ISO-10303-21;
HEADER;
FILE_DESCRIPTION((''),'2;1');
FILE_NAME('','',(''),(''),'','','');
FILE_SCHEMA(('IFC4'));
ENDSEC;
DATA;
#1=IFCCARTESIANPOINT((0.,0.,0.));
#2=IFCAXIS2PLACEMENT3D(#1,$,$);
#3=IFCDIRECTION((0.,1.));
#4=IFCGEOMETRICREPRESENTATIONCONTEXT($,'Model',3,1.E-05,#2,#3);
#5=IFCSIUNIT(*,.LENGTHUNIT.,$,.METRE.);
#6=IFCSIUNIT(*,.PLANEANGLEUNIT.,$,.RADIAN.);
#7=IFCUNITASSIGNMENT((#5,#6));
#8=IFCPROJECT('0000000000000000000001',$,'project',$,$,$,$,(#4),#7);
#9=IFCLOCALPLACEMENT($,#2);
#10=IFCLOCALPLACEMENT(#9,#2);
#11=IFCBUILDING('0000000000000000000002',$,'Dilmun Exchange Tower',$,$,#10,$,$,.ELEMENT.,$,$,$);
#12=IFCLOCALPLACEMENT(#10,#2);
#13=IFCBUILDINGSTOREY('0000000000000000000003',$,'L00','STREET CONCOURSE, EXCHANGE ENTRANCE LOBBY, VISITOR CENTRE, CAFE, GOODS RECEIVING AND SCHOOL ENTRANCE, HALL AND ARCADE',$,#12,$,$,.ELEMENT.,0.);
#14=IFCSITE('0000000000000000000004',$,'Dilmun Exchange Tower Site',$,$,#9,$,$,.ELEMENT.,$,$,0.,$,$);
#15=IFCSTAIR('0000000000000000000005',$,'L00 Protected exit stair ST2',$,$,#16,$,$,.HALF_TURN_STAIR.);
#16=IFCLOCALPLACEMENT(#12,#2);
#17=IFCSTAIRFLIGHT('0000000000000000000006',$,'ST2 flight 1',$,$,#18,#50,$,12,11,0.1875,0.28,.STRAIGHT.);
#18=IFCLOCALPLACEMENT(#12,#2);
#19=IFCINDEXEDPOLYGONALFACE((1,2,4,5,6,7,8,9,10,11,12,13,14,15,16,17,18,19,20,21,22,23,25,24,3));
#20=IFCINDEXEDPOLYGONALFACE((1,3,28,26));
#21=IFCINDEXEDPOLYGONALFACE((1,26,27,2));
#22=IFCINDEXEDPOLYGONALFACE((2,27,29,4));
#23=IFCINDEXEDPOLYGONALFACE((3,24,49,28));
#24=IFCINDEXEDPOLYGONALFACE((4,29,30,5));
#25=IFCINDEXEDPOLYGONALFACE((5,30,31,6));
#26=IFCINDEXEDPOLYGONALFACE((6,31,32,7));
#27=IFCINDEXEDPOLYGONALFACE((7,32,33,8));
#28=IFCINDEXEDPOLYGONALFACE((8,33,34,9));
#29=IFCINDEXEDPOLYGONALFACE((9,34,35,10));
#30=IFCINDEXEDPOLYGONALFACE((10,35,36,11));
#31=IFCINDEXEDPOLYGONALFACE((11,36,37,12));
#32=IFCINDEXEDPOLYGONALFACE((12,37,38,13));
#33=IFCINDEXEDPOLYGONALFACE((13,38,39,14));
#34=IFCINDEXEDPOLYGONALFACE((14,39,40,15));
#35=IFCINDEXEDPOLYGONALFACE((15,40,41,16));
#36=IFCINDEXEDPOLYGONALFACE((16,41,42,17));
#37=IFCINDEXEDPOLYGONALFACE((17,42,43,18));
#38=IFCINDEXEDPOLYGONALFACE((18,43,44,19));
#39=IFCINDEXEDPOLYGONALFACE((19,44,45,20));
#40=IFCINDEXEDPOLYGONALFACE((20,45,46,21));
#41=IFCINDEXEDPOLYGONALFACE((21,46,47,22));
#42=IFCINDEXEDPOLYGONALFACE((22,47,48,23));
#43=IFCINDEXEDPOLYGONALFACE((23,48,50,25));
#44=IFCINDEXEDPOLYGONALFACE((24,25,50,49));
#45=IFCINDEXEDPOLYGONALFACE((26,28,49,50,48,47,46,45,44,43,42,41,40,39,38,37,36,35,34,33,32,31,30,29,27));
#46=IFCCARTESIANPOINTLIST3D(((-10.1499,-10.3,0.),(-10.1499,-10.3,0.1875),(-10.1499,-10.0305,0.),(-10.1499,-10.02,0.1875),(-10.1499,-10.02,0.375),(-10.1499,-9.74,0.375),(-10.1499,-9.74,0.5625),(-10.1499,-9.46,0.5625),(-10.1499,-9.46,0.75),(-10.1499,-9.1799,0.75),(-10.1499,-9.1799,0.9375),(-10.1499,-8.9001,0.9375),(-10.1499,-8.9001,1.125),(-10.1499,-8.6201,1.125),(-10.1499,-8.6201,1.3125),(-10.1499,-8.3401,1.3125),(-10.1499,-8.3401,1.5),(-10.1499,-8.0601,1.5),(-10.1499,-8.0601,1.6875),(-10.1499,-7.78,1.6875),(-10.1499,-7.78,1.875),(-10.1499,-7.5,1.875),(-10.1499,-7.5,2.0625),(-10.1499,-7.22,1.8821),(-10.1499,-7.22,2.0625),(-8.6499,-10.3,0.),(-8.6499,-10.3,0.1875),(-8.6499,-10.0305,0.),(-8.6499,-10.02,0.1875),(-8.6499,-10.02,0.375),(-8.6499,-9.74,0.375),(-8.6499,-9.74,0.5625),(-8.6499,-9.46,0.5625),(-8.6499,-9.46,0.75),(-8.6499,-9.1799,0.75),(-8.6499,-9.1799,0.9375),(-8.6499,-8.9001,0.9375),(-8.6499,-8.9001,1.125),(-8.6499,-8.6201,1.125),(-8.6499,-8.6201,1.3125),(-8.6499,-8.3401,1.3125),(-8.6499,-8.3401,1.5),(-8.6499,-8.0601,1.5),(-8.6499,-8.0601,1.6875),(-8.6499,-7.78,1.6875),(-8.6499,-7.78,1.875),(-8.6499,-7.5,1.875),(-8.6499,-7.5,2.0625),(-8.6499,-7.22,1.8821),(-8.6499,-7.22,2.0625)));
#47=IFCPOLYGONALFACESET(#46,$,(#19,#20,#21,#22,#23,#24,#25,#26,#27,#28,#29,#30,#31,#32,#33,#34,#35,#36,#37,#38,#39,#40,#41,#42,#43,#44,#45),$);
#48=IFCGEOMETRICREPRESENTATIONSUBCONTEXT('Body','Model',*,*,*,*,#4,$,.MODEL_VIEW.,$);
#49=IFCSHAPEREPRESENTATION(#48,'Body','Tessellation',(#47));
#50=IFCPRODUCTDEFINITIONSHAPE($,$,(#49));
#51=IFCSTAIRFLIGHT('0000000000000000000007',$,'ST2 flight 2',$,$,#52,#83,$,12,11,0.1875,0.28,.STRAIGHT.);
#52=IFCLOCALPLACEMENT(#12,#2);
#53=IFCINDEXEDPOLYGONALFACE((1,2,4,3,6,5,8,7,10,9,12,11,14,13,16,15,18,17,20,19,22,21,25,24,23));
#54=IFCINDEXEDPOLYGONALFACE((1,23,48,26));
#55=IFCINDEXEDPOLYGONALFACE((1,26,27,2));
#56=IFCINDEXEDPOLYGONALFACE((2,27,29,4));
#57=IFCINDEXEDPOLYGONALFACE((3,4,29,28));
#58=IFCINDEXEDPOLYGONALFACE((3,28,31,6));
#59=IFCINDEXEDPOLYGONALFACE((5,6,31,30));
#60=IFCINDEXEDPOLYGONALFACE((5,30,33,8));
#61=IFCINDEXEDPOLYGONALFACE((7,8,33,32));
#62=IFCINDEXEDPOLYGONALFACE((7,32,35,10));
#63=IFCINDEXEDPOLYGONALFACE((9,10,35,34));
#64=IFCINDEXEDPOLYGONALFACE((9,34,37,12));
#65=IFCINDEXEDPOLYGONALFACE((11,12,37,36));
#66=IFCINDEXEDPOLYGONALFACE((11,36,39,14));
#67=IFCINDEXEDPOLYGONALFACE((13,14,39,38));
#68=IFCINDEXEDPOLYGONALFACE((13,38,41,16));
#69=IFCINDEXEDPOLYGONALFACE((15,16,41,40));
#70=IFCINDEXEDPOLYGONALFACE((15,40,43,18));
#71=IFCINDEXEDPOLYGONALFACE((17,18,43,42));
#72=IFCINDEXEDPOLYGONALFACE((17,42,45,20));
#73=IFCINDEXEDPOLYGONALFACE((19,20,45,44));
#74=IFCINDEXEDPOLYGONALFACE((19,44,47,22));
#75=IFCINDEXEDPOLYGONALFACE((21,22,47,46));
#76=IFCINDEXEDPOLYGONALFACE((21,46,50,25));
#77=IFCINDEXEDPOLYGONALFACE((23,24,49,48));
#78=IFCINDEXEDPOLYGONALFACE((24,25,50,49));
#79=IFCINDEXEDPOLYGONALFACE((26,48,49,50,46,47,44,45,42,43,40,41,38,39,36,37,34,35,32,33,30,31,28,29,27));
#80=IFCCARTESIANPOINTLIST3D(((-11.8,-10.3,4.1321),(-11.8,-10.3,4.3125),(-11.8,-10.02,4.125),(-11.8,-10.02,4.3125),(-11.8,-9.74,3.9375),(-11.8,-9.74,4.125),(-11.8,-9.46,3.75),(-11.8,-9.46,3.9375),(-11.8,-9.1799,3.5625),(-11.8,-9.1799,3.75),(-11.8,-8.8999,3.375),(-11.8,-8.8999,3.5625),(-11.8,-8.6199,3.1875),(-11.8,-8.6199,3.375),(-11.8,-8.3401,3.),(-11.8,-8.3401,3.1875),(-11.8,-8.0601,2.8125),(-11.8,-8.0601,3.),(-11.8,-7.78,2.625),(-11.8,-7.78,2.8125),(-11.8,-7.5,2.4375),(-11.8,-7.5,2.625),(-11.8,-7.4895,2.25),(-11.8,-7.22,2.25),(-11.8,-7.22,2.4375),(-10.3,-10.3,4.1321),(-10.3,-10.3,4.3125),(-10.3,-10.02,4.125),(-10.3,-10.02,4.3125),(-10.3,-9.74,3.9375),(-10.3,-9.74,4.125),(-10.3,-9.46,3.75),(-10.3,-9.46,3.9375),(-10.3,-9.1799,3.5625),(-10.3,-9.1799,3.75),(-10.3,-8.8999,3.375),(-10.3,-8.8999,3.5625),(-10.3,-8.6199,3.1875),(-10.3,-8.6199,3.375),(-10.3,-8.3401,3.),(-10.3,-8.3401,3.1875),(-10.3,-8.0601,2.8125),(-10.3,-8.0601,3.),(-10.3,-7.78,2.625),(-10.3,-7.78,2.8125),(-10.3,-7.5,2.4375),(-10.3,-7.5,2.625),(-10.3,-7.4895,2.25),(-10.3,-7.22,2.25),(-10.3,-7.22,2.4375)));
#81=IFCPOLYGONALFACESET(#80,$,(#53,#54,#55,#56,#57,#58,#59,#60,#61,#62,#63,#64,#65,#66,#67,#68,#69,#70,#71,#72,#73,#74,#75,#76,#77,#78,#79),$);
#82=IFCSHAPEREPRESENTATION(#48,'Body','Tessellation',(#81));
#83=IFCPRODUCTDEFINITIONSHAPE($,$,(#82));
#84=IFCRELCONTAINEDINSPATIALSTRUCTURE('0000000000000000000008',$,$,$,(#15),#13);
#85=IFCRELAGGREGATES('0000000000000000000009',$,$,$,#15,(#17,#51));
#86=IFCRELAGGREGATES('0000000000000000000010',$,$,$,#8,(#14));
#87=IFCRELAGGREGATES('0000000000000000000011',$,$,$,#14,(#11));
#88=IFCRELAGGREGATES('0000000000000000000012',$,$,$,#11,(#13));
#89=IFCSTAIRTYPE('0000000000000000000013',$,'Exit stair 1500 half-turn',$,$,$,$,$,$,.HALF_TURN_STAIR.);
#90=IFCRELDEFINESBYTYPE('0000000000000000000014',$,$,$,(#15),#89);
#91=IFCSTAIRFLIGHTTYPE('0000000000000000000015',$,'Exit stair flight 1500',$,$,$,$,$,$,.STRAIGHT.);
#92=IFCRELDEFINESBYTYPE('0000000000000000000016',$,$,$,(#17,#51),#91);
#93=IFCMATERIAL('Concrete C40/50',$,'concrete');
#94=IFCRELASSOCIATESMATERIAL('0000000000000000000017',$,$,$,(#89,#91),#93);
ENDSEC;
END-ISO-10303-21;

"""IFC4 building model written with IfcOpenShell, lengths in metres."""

from ifc_helpers import new_model, si_unit, direction, frame, origin, place, context, subcontext, project, spatial, polyline, outline, extrude, material, type_object, element, aggregate, save


model = new_model("IFC4")

# Units and contexts
model_context = context("Model", 3, precision=1e-05, world=origin(), true_north=direction((0.0, 1.0)))
body_context = subcontext(model_context, "Body", "Model", "MODEL_VIEW")
ifc_project = project(units=[si_unit("LENGTHUNIT", "METRE"), si_unit("PLANEANGLEUNIT", "RADIAN")], contexts=[model_context])

# Site, building, storey
site_placement = place(None, origin())
site = spatial("IfcSite", under=ifc_project, at=site_placement, Name="Dilmun Exchange Tower Site", CompositionType="ELEMENT", RefElevation=0.0)
building_placement = place(site_placement, origin())
building = spatial("IfcBuilding", under=site, at=building_placement, Name="Dilmun Exchange Tower", CompositionType="ELEMENT")
storey_placement = place(building_placement, origin())
storey = spatial("IfcBuildingStorey", under=building, at=storey_placement, Name="L00", Description="STREET CONCOURSE, EXCHANGE ENTRANCE LOBBY, VISITOR CENTRE, CAFE, GOODS RECEIVING AND SCHOOL ENTRANCE, HALL AND ARCADE", CompositionType="ELEMENT", Elevation=0.0)

# Shared definitions
ifc_material_1 = material(Name="Concrete C40/50", Category="concrete")

# Stair, stair flights
stair_type = type_object("IfcStairType", Name="Exit stair 1500 half-turn", PredefinedType="HALF_TURN_STAIR", material=ifc_material_1)
stair_placement = place(storey_placement, origin())
stair = element("IfcStair", 1, at=stair_placement, inside=storey, type_object=stair_type, Name="L00 Protected exit stair ST2", PredefinedType="HALF_TURN_STAIR")
stair_flight_type = type_object("IfcStairFlightType", Name="Exit stair flight 1500", PredefinedType="STRAIGHT", material=ifc_material_1)
stair_flight_1_placement = place(storey_placement, frame((-9.3999, -10.3, 0.0), z_axis=(0.0, 0.0, 1.0), x_axis=(0.0, 1.0, 0.0)))
stair_flight_1 = element("IfcStairFlight", 2, at=stair_flight_1_placement, type_object=stair_flight_type, Name="ST2 flight 1", NumberOfRisers=12, NumberOfTreads=11, PredefinedType="STRAIGHT", RiserHeight=0.1875, TreadLength=0.28, context=body_context, shape_type="SweptSolid", body=[
    extrude(outline(polyline([(0.0, 0.0), (0.0, 0.1875), (0.28, 0.1875), (0.28, 0.375), (0.5601, 0.375), (0.5601, 0.5625), (0.8401, 0.5625), (0.8401, 0.75), (1.1201, 0.75), (1.1201, 0.9375), (1.3999, 0.9375), (1.3999, 1.125), (1.6799, 1.125), (1.6799, 1.3125), (1.96, 1.3125), (1.96, 1.5), (2.24, 1.5), (2.24, 1.6875), (2.52, 1.6875), (2.52, 1.875), (2.8, 1.875), (2.8, 2.0625), (3.0801, 2.0625), (3.0801, 2.25), (3.0801, 1.8821), (0.2695, 0.0), (0.0, 0.0)])), frame((0.0, 0.75, 0.0), z_axis=(0.0, -1.0, 0.0), x_axis=(1.0, 0.0, 0.0)), (0.0, 0.0, 1.0), 1.5),
])
stair_flight_2_placement = place(storey_placement, frame((-11.05, -7.22, 2.25), z_axis=(0.0, 0.0, 1.0), x_axis=(0.0, -1.0, 0.0)))
stair_flight_2 = element("IfcStairFlight", 3, at=stair_flight_2_placement, type_object=stair_flight_type, Name="ST2 flight 2", NumberOfRisers=12, NumberOfTreads=11, PredefinedType="STRAIGHT", RiserHeight=0.1875, TreadLength=0.28, context=body_context, shape_type="SweptSolid", body=[
    extrude(outline(polyline([(0.0, 0.0), (0.0, 0.1875), (0.28, 0.1875), (0.28, 0.375), (0.5601, 0.375), (0.5601, 0.5625), (0.8401, 0.5625), (0.8401, 0.75), (1.1201, 0.75), (1.1201, 0.9375), (1.3999, 0.9375), (1.3999, 1.125), (1.6799, 1.125), (1.6799, 1.3125), (1.96, 1.3125), (1.96, 1.5), (2.24, 1.5), (2.24, 1.6875), (2.52, 1.6875), (2.52, 1.875), (2.8, 1.875), (2.8, 2.0625), (3.0801, 2.0625), (3.0801, 2.25), (3.0801, 1.8821), (0.2695, 0.0), (0.0, 0.0)])), frame((0.0, 0.75, 0.0), z_axis=(0.0, -1.0, 0.0), x_axis=(1.0, 0.0, 0.0)), (0.0, 0.0, 1.0), 1.5),
])
aggregate(stair, [stair_flight_1, stair_flight_2])

save(model, "model.ifc")
